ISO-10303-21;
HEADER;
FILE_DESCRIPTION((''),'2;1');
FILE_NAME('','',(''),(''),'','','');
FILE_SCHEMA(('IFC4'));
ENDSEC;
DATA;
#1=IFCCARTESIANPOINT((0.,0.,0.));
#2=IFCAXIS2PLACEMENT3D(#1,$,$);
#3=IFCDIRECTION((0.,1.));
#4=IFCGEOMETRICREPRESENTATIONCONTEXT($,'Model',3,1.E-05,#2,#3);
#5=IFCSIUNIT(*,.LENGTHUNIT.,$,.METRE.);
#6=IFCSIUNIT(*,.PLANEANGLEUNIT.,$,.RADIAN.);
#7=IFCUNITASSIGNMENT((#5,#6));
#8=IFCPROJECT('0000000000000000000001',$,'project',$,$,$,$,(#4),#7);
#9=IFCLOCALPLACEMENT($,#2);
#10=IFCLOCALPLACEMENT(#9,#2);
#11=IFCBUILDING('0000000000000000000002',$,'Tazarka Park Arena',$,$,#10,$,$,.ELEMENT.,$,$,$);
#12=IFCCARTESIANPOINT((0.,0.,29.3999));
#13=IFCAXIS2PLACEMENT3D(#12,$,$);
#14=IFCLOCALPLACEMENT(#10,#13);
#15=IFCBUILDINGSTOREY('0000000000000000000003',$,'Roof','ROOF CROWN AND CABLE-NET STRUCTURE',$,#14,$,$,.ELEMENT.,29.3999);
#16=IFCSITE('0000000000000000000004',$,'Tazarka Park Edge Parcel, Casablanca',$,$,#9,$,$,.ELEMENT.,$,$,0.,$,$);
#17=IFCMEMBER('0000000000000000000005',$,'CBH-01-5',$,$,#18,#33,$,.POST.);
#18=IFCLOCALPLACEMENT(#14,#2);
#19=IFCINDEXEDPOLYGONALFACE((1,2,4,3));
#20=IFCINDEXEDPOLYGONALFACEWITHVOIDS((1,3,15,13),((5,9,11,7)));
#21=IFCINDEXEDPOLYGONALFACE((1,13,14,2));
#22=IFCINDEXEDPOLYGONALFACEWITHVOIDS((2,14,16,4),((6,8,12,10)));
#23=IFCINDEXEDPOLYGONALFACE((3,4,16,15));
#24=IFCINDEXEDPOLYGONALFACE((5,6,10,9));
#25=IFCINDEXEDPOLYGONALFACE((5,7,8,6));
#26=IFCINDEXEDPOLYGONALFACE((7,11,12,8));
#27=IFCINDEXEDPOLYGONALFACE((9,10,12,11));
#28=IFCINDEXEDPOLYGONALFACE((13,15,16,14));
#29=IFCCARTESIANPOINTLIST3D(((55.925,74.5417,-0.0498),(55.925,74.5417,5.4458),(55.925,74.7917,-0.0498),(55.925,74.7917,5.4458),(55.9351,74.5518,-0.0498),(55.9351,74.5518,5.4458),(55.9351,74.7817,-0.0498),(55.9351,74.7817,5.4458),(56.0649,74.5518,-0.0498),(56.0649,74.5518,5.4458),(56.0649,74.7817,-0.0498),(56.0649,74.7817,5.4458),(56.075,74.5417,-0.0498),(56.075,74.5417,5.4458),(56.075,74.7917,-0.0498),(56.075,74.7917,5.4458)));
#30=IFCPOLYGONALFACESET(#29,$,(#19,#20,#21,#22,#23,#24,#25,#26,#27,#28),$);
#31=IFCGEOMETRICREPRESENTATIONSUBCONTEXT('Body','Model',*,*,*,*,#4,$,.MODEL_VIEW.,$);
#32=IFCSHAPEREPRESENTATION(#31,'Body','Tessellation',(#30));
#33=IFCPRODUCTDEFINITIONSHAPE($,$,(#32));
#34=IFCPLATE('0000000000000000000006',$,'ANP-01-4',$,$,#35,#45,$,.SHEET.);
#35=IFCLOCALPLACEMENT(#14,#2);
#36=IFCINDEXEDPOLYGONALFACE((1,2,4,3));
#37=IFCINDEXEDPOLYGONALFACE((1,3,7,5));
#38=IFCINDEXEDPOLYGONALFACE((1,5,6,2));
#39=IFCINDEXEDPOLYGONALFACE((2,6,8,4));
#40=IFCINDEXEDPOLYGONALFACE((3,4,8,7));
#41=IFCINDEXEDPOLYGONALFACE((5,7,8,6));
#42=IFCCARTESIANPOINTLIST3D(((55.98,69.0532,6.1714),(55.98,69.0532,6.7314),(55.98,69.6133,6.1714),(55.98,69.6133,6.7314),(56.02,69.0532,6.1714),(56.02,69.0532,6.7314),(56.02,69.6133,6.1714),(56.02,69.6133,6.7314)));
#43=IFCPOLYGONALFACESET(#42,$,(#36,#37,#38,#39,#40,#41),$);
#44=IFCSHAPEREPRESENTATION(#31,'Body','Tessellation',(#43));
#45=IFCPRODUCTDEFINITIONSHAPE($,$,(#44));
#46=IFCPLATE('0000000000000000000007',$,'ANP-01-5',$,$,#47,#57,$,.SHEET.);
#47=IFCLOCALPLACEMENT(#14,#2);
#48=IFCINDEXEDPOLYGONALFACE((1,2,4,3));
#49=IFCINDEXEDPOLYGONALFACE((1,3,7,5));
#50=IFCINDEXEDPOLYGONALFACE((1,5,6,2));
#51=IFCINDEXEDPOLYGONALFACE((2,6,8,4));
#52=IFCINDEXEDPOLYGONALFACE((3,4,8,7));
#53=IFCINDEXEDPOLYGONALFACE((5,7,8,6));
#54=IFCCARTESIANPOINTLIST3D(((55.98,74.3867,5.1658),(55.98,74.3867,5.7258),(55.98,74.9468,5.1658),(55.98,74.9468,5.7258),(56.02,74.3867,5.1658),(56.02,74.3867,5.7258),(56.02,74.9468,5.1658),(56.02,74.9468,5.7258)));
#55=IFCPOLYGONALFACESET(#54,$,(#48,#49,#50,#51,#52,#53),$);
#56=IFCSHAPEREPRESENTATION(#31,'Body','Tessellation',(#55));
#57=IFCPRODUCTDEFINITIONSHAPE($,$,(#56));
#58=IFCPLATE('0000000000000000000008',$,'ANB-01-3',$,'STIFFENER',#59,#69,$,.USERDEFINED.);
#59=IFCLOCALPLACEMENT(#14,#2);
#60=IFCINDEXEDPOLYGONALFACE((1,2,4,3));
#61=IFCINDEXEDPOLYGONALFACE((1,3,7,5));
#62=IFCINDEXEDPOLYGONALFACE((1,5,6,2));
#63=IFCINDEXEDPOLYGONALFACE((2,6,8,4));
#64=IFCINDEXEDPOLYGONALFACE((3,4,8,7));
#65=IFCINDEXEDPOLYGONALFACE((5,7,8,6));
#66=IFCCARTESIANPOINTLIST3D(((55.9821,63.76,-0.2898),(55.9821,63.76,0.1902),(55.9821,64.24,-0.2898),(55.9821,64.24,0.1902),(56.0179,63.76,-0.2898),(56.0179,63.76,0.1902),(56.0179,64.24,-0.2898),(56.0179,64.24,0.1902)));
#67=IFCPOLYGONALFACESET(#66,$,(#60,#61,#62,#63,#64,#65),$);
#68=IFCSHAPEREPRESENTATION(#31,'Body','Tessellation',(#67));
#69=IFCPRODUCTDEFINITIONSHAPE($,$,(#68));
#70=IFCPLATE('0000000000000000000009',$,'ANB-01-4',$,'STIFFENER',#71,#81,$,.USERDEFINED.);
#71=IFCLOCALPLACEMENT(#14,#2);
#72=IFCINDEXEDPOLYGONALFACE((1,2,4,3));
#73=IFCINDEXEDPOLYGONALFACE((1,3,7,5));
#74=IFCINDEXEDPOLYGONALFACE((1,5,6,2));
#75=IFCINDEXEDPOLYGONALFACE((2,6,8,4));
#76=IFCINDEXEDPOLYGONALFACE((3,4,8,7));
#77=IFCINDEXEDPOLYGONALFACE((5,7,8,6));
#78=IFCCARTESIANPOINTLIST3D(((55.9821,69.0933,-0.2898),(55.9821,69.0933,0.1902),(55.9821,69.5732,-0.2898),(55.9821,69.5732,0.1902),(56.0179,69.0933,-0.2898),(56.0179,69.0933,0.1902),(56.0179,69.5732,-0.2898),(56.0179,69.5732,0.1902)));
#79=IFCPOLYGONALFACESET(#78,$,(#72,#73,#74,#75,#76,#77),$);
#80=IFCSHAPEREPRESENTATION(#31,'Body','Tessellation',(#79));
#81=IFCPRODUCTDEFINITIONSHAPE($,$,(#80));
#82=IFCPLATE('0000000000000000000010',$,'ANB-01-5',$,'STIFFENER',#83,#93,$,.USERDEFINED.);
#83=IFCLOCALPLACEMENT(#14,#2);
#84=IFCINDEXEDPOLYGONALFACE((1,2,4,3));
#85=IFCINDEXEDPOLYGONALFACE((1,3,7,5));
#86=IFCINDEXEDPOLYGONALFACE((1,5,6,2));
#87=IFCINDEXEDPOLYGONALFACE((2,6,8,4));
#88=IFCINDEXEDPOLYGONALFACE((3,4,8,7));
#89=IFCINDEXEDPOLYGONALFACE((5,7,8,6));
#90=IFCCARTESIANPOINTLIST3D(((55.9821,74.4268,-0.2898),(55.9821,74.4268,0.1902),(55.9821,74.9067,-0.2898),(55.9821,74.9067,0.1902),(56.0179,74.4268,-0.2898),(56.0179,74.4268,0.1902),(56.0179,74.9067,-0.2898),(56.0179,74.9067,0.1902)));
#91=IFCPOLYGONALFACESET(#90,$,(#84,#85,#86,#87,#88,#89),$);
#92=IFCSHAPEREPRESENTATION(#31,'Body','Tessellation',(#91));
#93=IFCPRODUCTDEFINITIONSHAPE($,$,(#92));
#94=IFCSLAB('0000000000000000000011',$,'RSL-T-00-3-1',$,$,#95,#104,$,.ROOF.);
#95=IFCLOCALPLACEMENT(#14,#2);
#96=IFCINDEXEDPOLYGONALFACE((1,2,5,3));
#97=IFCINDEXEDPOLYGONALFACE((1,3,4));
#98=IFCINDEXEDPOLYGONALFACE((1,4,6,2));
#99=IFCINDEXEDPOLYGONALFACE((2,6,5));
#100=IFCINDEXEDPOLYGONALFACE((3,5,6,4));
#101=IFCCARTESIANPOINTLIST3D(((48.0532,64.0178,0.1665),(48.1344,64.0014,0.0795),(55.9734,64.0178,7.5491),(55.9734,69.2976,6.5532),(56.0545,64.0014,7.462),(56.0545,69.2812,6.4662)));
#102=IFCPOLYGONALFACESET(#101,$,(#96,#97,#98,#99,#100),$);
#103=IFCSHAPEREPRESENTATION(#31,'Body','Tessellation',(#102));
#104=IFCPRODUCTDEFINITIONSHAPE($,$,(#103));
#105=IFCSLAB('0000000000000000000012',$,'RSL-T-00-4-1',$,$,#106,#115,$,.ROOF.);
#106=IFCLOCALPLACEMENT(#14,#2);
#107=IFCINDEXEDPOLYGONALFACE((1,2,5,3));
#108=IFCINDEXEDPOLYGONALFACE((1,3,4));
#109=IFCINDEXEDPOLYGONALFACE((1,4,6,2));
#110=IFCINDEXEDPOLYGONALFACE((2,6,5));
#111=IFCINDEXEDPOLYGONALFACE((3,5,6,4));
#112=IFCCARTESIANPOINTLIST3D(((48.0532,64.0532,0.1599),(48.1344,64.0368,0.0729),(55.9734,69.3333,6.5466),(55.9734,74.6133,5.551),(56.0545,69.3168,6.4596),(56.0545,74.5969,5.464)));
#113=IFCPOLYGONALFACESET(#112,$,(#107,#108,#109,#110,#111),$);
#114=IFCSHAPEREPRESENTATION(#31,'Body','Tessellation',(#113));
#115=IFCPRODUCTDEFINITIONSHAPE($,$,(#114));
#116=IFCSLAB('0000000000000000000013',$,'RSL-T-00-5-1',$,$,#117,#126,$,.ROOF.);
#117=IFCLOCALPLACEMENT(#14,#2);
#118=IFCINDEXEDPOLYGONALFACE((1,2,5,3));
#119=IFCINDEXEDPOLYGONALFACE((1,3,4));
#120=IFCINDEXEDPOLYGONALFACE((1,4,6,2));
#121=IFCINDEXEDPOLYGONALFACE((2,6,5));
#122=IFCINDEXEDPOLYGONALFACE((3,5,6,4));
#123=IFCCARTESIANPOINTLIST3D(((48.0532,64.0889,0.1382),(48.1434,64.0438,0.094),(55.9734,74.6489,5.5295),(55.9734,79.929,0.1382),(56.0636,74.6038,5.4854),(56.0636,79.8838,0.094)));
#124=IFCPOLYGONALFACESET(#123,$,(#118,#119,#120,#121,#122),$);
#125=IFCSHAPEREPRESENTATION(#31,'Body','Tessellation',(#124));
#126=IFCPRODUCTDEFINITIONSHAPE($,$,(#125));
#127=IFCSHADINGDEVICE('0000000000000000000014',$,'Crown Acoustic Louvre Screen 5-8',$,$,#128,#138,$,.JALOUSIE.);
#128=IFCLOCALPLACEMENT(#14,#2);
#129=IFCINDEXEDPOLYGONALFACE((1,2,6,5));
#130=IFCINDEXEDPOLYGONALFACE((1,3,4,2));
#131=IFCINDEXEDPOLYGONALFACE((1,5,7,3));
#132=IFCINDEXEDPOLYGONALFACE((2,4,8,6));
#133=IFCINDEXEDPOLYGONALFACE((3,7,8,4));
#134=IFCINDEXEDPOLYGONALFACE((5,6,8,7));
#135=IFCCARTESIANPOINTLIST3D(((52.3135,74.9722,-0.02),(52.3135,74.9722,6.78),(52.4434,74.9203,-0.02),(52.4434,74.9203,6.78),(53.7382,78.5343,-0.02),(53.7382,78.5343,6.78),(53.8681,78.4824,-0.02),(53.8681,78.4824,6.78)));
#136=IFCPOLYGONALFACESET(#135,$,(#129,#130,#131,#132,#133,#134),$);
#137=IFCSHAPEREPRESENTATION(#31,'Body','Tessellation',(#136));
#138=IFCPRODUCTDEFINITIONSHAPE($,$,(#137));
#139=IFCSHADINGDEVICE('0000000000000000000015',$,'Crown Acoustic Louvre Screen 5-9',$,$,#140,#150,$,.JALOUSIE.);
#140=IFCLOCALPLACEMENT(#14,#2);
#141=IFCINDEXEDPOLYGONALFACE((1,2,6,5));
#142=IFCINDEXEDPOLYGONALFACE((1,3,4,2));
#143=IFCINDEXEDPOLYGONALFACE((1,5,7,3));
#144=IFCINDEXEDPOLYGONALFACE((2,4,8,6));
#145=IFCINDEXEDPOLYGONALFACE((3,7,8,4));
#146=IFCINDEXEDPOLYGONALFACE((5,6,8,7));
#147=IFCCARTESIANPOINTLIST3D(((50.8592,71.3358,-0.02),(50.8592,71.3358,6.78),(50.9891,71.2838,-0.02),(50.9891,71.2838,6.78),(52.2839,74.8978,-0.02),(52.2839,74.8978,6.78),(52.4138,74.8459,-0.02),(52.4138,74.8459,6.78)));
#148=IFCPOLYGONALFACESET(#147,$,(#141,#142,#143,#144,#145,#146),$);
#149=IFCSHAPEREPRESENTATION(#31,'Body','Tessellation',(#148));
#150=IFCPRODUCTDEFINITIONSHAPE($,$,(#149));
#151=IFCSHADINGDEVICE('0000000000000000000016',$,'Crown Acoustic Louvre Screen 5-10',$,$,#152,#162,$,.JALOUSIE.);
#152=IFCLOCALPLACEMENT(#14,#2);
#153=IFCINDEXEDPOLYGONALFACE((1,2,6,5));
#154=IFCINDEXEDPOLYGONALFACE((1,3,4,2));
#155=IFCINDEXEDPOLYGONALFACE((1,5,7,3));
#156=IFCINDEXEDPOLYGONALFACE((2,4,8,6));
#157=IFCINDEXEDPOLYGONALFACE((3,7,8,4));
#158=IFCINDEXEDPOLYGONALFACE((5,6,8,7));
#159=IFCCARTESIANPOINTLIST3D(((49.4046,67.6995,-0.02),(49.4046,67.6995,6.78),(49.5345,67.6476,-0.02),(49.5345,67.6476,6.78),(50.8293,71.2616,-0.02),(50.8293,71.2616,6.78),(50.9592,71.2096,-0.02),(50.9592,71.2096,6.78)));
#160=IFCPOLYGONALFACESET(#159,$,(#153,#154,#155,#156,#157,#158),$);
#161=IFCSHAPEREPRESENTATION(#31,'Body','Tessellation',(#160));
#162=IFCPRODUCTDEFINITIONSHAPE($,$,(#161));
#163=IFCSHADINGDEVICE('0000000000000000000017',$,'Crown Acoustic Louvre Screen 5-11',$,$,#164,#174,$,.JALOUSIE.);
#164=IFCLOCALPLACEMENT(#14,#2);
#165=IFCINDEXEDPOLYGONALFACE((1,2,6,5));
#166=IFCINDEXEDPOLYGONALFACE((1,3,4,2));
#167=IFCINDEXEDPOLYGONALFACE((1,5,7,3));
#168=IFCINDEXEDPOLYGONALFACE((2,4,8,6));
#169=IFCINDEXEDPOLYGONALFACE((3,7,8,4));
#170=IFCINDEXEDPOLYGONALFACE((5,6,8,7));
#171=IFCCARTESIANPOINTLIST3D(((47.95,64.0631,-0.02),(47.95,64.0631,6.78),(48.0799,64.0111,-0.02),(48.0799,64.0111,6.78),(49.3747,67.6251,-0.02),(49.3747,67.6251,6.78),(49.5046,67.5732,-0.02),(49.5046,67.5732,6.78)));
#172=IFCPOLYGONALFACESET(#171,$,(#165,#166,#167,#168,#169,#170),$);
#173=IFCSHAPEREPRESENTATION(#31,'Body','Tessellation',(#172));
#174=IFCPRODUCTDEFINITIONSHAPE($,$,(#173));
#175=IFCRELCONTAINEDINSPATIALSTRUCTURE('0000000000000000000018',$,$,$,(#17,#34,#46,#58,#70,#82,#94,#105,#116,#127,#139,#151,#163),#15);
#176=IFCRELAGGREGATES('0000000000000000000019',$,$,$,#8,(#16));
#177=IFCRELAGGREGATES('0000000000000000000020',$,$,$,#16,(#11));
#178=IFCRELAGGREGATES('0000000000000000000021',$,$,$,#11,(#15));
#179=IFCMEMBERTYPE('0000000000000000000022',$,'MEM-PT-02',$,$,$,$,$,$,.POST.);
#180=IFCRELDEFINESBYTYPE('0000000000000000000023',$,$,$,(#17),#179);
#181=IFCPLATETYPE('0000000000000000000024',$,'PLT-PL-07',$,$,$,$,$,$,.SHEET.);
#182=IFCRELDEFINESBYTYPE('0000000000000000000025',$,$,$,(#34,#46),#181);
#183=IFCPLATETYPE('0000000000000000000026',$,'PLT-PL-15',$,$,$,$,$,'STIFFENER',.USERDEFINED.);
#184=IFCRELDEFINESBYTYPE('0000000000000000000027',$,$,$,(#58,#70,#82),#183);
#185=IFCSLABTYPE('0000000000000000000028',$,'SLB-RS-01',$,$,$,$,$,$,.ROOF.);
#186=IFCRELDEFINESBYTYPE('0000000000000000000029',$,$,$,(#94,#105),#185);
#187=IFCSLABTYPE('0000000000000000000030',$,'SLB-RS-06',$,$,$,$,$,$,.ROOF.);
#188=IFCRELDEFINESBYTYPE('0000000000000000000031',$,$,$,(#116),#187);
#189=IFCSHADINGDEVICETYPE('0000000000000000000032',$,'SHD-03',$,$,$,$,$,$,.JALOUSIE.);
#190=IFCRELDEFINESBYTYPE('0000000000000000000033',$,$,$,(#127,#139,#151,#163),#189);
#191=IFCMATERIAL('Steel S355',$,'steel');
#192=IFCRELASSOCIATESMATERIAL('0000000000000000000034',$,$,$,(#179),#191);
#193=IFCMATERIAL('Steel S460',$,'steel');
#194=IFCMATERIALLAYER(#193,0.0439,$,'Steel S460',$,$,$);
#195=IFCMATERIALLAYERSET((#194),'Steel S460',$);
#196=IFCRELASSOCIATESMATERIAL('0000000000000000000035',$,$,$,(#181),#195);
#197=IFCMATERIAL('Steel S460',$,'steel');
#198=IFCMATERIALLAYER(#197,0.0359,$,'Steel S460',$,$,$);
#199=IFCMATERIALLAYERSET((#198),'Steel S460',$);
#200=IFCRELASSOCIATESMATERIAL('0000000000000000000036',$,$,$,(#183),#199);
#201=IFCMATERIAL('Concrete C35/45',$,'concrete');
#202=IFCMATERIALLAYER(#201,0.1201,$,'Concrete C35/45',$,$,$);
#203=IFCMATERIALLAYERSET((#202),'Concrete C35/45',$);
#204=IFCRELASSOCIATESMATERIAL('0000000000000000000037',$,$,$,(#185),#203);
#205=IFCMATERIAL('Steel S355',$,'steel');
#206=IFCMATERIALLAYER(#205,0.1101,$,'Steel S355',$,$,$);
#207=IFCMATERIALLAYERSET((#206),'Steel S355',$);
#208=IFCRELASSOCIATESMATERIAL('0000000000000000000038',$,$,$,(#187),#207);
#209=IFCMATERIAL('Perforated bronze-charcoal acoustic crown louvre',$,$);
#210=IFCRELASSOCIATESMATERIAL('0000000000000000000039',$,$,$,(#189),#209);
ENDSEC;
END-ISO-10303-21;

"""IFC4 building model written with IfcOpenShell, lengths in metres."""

from ifc_helpers import new_model, si_unit, direction, frame, origin, origin_2d, place, context, subcontext, project, spatial, polyline, rectangle, hollow_rectangle, outline, extrude, material, layer, layer_set, material_profile, profile_set, type_object, element, save


model = new_model("IFC4")

# Units and contexts
model_context = context("Model", 3, precision=1e-05, world=origin(), true_north=direction((0.0, 1.0)))
body_context = subcontext(model_context, "Body", "Model", "MODEL_VIEW")
ifc_project = project(units=[si_unit("LENGTHUNIT", "METRE"), si_unit("PLANEANGLEUNIT", "RADIAN")], contexts=[model_context])

# Site, building, storey
site_placement = place(None, origin())
site = spatial("IfcSite", under=ifc_project, at=site_placement, Name="Tazarka Park Edge Parcel, Casablanca", CompositionType="ELEMENT", RefElevation=0.0)
building_placement = place(site_placement, origin())
building = spatial("IfcBuilding", under=site, at=building_placement, Name="Tazarka Park Arena", CompositionType="ELEMENT")
storey_placement = place(building_placement, frame((0.0, 0.0, 29.3999)))
storey = spatial("IfcBuildingStorey", under=building, at=storey_placement, Name="Roof", Description="ROOF CROWN AND CABLE-NET STRUCTURE", CompositionType="ELEMENT", Elevation=29.3999)

# Member
ifc_material_1 = material(Name="Steel S355", Category="steel")
ifc_material_profile_1 = material_profile(ifc_material_1, hollow_rectangle(XDim=0.1499, YDim=0.25, WallThickness=0.01, at=origin_2d()), Name="Steel S355")
ifc_profile_set_1 = profile_set([ifc_material_profile_1], Name="Steel S355")
member_type_1 = type_object("IfcMemberType", Name="MEM-PT-02", PredefinedType="POST", material=ifc_profile_set_1)
member_1_placement = place(storey_placement, frame((56.0, 74.6667, -0.0498), z_axis=(0.0, 0.0, 1.0), x_axis=(1.0, 0.0, 0.0)))
element("IfcMember", 1, at=member_1_placement, inside=storey, type_object=member_type_1, Name="CBH-01-5", PredefinedType="POST", context=body_context, shape_type="SweptSolid", body=[
    extrude(hollow_rectangle(XDim=0.1499, YDim=0.25, WallThickness=0.01, at=origin_2d()), origin(), (0.0, 0.0, 1.0), 5.4956),
])

# Plates
ifc_material_2 = material(Name="Steel S460", Category="steel")
ifc_layer_1 = layer(ifc_material_2, 0.0439, Name="Steel S460")
ifc_layer_set_1 = layer_set([ifc_layer_1], Name="Steel S460")
plate_type_1 = type_object("IfcPlateType", Name="PLT-PL-07", PredefinedType="SHEET", material=ifc_layer_set_1)
for number, where, z_axis, x_axis, name in (
    (2, (56.0, 69.3333, 6.1714), (0.0, 0.0, 1.0), (1.0, 0.0, 0.0), "ANP-01-4"),
    (3, (56.0, 74.6667, 5.1658), (0.0, 0.0, 1.0), (1.0, 0.0, 0.0), "ANP-01-5"),
):
    element("IfcPlate", number, at=place(storey_placement, frame(where, z_axis=z_axis, x_axis=x_axis)), inside=storey, type_object=plate_type_1, Name=name, PredefinedType="SHEET", context=body_context, shape_type="SweptSolid", body=[
        extrude(rectangle(XDim=0.04, YDim=0.5601, at=origin_2d()), origin(), (0.0, 0.0, 1.0), 0.5601),
    ])
ifc_material_3 = material(Name="Steel S460", Category="steel")
ifc_layer_2 = layer(ifc_material_3, 0.0359, Name="Steel S460")
ifc_layer_set_2 = layer_set([ifc_layer_2], Name="Steel S460")
plate_type_2 = type_object("IfcPlateType", Name="PLT-PL-15", ElementType="STIFFENER", PredefinedType="USERDEFINED", material=ifc_layer_set_2)
for number, where, z_axis, x_axis, name in (
    (4, (56.0, 64.0, -0.2898), (0.0, 0.0, 1.0), (1.0, 0.0, 0.0), "ANB-01-3"),
    (5, (56.0, 69.3333, -0.2898), (0.0, 0.0, 1.0), (1.0, 0.0, 0.0), "ANB-01-4"),
    (6, (56.0, 74.6667, -0.2898), (0.0, 0.0, 1.0), (1.0, 0.0, 0.0), "ANB-01-5"),
):
    element("IfcPlate", number, at=place(storey_placement, frame(where, z_axis=z_axis, x_axis=x_axis)), inside=storey, type_object=plate_type_2, Name=name, ObjectType="STIFFENER", PredefinedType="USERDEFINED", context=body_context, shape_type="SweptSolid", body=[
        extrude(rectangle(XDim=0.0359, YDim=0.48, at=origin_2d()), origin(), (0.0, 0.0, 1.0), 0.48),
    ])

# Slabs
ifc_material_4 = material(Name="Concrete C35/45", Category="concrete")
ifc_layer_3 = layer(ifc_material_4, 0.1201, Name="Concrete C35/45")
ifc_layer_set_3 = layer_set([ifc_layer_3], Name="Concrete C35/45")
slab_type_1 = type_object("IfcSlabType", Name="SLB-RS-01", PredefinedType="ROOF", material=ifc_layer_set_3)
slab_1_placement = place(storey_placement, frame((48.0532, 64.0178, 0.1665), z_axis=(-0.675446, 0.136677, 0.724632), x_axis=(0.731497, 0.0, 0.681845)))
element("IfcSlab", 7, at=slab_1_placement, inside=storey, type_object=slab_type_1, Name="RSL-T-00-3-1", PredefinedType="ROOF", context=body_context, shape_type="SweptSolid", body=[
    extrude(outline(polyline([(0.0, 0.0), (10.8273, 0.0), (10.1483, 5.3298), (0.0, 0.0)])), origin(), (0.0, 0.0, -1.0), 0.1201),
])
slab_2_placement = place(storey_placement, frame((48.0532, 64.0532, 0.1599), z_axis=(-0.675438, 0.13664, 0.724647), x_axis=(0.69094, 0.460619, 0.557165)))
element("IfcSlab", 8, at=slab_2_placement, inside=storey, type_object=slab_type_1, Name="RSL-T-00-4-1", PredefinedType="ROOF", context=body_context, shape_type="SweptSolid", body=[
    extrude(outline(polyline([(0.0, 0.0), (11.4629, 0.0), (13.3403, 5.0344), (0.0, 0.0)])), origin(), (0.0, 0.0, -1.0), 0.1201),
])
ifc_material_5 = material(Name="Steel S355", Category="steel")
ifc_layer_4 = layer(ifc_material_5, 0.1101, Name="Steel S355")
ifc_layer_set_4 = layer_set([ifc_layer_4], Name="Steel S355")
slab_type_2 = type_object("IfcSlabType", Name="SLB-RS-06", PredefinedType="ROOF", material=ifc_layer_set_4)
slab_3_placement = place(storey_placement, frame((48.0532, 64.0889, 0.1382), z_axis=(-0.819288, 0.40965, 0.401191), x_axis=(0.555462, 0.740604, 0.37811)))
element("IfcSlab", 9, at=slab_3_placement, inside=storey, type_object=slab_type_2, Name="RSL-T-00-5-1", PredefinedType="ROOF", context=body_context, shape_type="SweptSolid", body=[
    extrude(outline(polyline([(0.0, 0.0), (14.2587, 0.0), (16.1306, 7.3104), (0.0, 0.0)])), origin(), (0.0, 0.0, -1.0), 0.1101),
])

# Shading devices
ifc_material_6 = material(Name="Perforated bronze-charcoal acoustic crown louvre")
shading_device_type = type_object("IfcShadingDeviceType", Name="SHD-03", PredefinedType="JALOUSIE", material=ifc_material_6)
for number, where, z_axis, x_axis, name in (
    (10, (53.0908, 76.7273, -0.02), (0.0, 0.0, 1.0), (-0.371368, -0.928486, 0.0), "Crown Acoustic Louvre Screen 5-8"),
    (11, (51.6365, 73.0908, -0.02), (0.0, 0.0, 1.0), (-0.371368, -0.928486, 0.0), "Crown Acoustic Louvre Screen 5-9"),
    (12, (50.1819, 69.4546, -0.02), (0.0, 0.0, 1.0), (-0.371368, -0.928486, 0.0), "Crown Acoustic Louvre Screen 5-10"),
    (13, (48.7273, 65.8181, -0.02), (0.0, 0.0, 1.0), (-0.371368, -0.928486, 0.0), "Crown Acoustic Louvre Screen 5-11"),
):
    element("IfcShadingDevice", number, at=place(storey_placement, frame(where, z_axis=z_axis, x_axis=x_axis)), inside=storey, type_object=shading_device_type, Name=name, PredefinedType="JALOUSIE", context=body_context, shape_type="SweptSolid", body=[
        extrude(rectangle(XDim=3.8364, YDim=0.1399, at=origin_2d()), origin(), (0.0, 0.0, 1.0), 6.8),
    ])

save(model, "model.ifc")
